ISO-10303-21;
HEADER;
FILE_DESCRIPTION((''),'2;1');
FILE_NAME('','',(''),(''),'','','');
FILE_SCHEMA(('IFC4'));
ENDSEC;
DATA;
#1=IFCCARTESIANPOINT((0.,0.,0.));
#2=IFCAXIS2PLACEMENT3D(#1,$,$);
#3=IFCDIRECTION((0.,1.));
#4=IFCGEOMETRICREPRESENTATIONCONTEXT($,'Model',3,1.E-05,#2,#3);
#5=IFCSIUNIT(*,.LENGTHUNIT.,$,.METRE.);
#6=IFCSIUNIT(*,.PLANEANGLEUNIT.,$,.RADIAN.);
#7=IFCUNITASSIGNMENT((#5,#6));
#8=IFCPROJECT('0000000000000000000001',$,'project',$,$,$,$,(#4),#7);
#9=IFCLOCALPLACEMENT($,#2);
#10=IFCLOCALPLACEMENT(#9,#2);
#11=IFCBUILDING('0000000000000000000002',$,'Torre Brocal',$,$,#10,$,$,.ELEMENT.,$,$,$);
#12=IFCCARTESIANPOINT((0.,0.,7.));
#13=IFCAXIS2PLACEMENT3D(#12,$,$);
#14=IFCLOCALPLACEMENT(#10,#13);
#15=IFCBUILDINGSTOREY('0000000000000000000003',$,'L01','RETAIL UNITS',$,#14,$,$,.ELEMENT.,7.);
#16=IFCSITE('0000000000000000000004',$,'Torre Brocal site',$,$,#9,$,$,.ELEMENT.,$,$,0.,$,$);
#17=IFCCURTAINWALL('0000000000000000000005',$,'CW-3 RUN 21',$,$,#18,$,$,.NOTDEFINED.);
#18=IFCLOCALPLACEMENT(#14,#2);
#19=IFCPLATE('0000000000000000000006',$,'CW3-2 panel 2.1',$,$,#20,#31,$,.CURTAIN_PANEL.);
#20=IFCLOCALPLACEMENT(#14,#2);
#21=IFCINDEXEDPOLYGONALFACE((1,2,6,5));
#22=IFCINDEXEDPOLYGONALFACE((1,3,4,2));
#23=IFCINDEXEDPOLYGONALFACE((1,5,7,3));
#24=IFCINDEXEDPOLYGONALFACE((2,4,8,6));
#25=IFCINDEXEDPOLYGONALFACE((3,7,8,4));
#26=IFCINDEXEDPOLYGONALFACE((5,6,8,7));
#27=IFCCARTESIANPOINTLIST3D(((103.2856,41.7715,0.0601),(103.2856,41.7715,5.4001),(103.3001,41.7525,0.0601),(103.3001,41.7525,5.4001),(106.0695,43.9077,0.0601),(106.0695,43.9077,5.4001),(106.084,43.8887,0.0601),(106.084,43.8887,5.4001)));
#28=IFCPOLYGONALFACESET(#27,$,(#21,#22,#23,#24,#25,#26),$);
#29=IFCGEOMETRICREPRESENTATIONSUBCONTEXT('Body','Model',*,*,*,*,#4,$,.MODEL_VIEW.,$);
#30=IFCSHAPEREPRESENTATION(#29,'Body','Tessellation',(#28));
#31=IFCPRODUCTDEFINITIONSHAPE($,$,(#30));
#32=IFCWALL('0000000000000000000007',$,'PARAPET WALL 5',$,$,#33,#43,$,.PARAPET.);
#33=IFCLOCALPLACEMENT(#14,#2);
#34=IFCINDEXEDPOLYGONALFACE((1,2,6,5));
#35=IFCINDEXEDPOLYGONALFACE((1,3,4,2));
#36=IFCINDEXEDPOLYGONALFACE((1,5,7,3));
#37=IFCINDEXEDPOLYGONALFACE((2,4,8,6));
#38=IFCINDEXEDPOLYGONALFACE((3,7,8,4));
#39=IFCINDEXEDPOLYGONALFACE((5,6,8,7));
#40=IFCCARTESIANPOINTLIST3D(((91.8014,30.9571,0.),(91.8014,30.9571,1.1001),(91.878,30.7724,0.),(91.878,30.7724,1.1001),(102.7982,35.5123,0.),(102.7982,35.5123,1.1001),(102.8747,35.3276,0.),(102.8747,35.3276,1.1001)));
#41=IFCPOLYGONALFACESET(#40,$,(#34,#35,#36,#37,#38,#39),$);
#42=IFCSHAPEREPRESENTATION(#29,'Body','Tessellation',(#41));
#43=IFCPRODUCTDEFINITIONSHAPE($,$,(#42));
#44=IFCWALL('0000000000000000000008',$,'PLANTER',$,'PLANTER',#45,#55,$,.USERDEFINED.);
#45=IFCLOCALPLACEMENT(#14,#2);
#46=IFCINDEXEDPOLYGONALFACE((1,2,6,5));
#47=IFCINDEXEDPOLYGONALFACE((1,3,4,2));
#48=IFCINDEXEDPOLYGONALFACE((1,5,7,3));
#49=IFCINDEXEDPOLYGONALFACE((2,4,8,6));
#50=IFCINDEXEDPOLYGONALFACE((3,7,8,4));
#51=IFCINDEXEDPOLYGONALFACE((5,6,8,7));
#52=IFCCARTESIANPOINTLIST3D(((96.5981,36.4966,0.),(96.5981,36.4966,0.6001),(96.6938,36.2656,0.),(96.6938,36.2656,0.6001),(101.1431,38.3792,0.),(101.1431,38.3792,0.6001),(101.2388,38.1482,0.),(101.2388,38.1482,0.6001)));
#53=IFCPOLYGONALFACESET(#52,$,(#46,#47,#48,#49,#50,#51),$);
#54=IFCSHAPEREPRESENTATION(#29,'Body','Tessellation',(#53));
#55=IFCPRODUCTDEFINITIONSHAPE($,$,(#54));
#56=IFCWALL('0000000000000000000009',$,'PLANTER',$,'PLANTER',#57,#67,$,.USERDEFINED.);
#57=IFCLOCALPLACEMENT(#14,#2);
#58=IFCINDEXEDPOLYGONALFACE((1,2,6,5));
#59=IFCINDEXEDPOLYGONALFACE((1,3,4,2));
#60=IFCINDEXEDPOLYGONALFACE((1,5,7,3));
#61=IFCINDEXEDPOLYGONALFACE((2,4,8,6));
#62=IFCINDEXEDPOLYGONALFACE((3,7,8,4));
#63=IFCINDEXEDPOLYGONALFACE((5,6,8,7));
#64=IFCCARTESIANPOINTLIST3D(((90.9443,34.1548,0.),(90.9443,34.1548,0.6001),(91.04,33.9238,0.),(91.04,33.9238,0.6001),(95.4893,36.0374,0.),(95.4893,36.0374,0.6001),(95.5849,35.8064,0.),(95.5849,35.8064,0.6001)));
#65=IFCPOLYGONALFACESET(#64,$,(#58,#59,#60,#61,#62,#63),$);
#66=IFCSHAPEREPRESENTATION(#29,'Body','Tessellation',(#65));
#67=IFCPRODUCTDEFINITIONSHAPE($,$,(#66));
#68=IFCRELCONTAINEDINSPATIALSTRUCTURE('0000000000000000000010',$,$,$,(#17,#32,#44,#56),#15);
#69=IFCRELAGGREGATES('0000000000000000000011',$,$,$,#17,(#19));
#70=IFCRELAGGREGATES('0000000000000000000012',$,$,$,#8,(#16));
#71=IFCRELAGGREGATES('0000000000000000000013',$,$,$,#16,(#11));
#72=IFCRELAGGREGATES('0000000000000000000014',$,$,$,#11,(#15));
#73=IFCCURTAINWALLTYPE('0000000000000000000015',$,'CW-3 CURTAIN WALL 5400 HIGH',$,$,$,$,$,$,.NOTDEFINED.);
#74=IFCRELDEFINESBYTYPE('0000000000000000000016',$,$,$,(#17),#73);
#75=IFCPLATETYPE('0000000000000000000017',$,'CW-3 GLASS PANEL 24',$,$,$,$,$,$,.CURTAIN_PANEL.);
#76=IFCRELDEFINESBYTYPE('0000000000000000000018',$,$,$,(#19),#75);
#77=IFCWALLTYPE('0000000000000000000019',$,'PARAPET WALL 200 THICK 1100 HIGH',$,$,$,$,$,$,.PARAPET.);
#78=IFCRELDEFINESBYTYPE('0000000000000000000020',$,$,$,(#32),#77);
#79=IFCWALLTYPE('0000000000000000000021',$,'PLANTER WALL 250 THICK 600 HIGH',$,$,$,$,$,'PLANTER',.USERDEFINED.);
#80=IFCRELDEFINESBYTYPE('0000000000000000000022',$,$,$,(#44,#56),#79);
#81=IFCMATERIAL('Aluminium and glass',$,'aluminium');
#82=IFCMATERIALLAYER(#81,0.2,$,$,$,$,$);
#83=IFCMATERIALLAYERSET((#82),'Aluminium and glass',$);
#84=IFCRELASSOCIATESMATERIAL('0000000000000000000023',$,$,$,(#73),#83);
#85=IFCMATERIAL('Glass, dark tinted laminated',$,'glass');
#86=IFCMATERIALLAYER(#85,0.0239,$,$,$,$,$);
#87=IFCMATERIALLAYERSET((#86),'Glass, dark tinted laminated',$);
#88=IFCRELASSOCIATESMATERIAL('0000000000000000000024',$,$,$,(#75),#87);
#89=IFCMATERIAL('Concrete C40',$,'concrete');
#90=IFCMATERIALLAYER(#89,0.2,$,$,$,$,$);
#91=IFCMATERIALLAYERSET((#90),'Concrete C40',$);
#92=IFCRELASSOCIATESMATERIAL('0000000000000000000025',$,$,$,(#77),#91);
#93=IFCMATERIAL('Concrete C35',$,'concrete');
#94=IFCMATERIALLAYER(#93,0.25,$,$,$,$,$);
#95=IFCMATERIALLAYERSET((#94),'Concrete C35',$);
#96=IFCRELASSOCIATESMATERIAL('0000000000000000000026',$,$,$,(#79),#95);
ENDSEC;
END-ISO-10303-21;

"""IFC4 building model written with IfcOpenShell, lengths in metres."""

from ifc_helpers import new_model, si_unit, direction, frame, frame_2d, origin, origin_2d, place, context, subcontext, project, spatial, rectangle, extrude, material, layer, layer_set, type_object, element, aggregate, save


model = new_model("IFC4")

# Units and contexts
model_context = context("Model", 3, precision=1e-05, world=origin(), true_north=direction((0.0, 1.0)))
body_context = subcontext(model_context, "Body", "Model", "MODEL_VIEW")
ifc_project = project(units=[si_unit("LENGTHUNIT", "METRE"), si_unit("PLANEANGLEUNIT", "RADIAN")], contexts=[model_context])

# Site, building, storey
site_placement = place(None, origin())
site = spatial("IfcSite", under=ifc_project, at=site_placement, Name="Torre Brocal site", CompositionType="ELEMENT", RefElevation=0.0)
building_placement = place(site_placement, origin())
building = spatial("IfcBuilding", under=site, at=building_placement, Name="Torre Brocal", CompositionType="ELEMENT")
storey_placement = place(building_placement, frame((0.0, 0.0, 7.0)))
storey = spatial("IfcBuildingStorey", under=building, at=storey_placement, Name="L01", Description="RETAIL UNITS", CompositionType="ELEMENT", Elevation=7.0)

# Curtain wall
ifc_material_1 = material(Name="Aluminium and glass", Category="aluminium")
ifc_layer_1 = layer(ifc_material_1, 0.2)
ifc_layer_set_1 = layer_set([ifc_layer_1], Name="Aluminium and glass")
curtain_wall_type = type_object("IfcCurtainWallType", Name="CW-3 CURTAIN WALL 5400 HIGH", PredefinedType="NOTDEFINED", material=ifc_layer_set_1)
curtain_wall_1_placement = place(storey_placement, origin())
curtain_wall_1 = element("IfcCurtainWall", 1, at=curtain_wall_1_placement, inside=storey, type_object=curtain_wall_type, Name="CW-3 RUN 21", PredefinedType="NOTDEFINED")

# Plate
ifc_material_2 = material(Name="Glass, dark tinted laminated", Category="glass")
ifc_layer_2 = layer(ifc_material_2, 0.0239)
ifc_layer_set_2 = layer_set([ifc_layer_2], Name="Glass, dark tinted laminated")
plate_type = type_object("IfcPlateType", Name="CW-3 GLASS PANEL 24", PredefinedType="CURTAIN_PANEL", material=ifc_layer_set_2)
plate_1_placement = place(storey_placement, frame((104.6848, 42.8301, 0.0601), z_axis=(0.0, 0.0, 1.0), x_axis=(0.793353, 0.608761, 0.0)))
plate_1 = element("IfcPlate", 2, at=plate_1_placement, type_object=plate_type, Name="CW3-2 panel 2.1", PredefinedType="CURTAIN_PANEL", context=body_context, shape_type="SweptSolid", body=[
    extrude(rectangle(XDim=3.509, YDim=0.0239, at=origin_2d()), origin(), (0.0, 0.0, 1.0), 5.3401),
])
aggregate(curtain_wall_1, [plate_1])

# Walls
ifc_material_3 = material(Name="Concrete C40", Category="concrete")
ifc_layer_3 = layer(ifc_material_3, 0.2)
ifc_layer_set_3 = layer_set([ifc_layer_3], Name="Concrete C40")
wall_type_1 = type_object("IfcWallType", Name="PARAPET WALL 200 THICK 1100 HIGH", PredefinedType="PARAPET", material=ifc_layer_set_3)
wall_placement = place(storey_placement, frame((102.8364, 35.4199, 0.0), z_axis=(0.0, 0.0, 1.0), x_axis=(-0.923875, -0.382694, 0.0)))
element("IfcWall", 3, at=wall_placement, inside=storey, type_object=wall_type_1, Name="PARAPET WALL 5", PredefinedType="PARAPET", context=body_context, shape_type="SweptSolid", body=[
    extrude(rectangle(XDim=11.9028, YDim=0.2, at=frame_2d((5.9514, 0.0))), origin(), (0.0, 0.0, 1.0), 1.1001),
])
ifc_material_4 = material(Name="Concrete C35", Category="concrete")
ifc_layer_4 = layer(ifc_material_4, 0.25)
ifc_layer_set_4 = layer_set([ifc_layer_4], Name="Concrete C35")
wall_type_2 = type_object("IfcWallType", Name="PLANTER WALL 250 THICK 600 HIGH", ElementType="PLANTER", PredefinedType="USERDEFINED", material=ifc_layer_set_4)
for number, where, z_axis, x_axis, name in (
    (4, (101.1909, 38.2637, 0.0), (0.0, 0.0, 1.0), (-0.92388, -0.382683, 0.0), "PLANTER"),
    (5, (95.5371, 35.9219, 0.0), (0.0, 0.0, 1.0), (-0.92388, -0.382683, 0.0), "PLANTER"),
):
    element("IfcWall", number, at=place(storey_placement, frame(where, z_axis=z_axis, x_axis=x_axis)), inside=storey, type_object=wall_type_2, Name=name, ObjectType="PLANTER", PredefinedType="USERDEFINED", context=body_context, shape_type="SweptSolid", body=[
        extrude(rectangle(XDim=4.9194, YDim=0.25, at=frame_2d((2.4597, 0.0))), origin(), (0.0, 0.0, 1.0), 0.6001),
    ])

save(model, "model.ifc")
